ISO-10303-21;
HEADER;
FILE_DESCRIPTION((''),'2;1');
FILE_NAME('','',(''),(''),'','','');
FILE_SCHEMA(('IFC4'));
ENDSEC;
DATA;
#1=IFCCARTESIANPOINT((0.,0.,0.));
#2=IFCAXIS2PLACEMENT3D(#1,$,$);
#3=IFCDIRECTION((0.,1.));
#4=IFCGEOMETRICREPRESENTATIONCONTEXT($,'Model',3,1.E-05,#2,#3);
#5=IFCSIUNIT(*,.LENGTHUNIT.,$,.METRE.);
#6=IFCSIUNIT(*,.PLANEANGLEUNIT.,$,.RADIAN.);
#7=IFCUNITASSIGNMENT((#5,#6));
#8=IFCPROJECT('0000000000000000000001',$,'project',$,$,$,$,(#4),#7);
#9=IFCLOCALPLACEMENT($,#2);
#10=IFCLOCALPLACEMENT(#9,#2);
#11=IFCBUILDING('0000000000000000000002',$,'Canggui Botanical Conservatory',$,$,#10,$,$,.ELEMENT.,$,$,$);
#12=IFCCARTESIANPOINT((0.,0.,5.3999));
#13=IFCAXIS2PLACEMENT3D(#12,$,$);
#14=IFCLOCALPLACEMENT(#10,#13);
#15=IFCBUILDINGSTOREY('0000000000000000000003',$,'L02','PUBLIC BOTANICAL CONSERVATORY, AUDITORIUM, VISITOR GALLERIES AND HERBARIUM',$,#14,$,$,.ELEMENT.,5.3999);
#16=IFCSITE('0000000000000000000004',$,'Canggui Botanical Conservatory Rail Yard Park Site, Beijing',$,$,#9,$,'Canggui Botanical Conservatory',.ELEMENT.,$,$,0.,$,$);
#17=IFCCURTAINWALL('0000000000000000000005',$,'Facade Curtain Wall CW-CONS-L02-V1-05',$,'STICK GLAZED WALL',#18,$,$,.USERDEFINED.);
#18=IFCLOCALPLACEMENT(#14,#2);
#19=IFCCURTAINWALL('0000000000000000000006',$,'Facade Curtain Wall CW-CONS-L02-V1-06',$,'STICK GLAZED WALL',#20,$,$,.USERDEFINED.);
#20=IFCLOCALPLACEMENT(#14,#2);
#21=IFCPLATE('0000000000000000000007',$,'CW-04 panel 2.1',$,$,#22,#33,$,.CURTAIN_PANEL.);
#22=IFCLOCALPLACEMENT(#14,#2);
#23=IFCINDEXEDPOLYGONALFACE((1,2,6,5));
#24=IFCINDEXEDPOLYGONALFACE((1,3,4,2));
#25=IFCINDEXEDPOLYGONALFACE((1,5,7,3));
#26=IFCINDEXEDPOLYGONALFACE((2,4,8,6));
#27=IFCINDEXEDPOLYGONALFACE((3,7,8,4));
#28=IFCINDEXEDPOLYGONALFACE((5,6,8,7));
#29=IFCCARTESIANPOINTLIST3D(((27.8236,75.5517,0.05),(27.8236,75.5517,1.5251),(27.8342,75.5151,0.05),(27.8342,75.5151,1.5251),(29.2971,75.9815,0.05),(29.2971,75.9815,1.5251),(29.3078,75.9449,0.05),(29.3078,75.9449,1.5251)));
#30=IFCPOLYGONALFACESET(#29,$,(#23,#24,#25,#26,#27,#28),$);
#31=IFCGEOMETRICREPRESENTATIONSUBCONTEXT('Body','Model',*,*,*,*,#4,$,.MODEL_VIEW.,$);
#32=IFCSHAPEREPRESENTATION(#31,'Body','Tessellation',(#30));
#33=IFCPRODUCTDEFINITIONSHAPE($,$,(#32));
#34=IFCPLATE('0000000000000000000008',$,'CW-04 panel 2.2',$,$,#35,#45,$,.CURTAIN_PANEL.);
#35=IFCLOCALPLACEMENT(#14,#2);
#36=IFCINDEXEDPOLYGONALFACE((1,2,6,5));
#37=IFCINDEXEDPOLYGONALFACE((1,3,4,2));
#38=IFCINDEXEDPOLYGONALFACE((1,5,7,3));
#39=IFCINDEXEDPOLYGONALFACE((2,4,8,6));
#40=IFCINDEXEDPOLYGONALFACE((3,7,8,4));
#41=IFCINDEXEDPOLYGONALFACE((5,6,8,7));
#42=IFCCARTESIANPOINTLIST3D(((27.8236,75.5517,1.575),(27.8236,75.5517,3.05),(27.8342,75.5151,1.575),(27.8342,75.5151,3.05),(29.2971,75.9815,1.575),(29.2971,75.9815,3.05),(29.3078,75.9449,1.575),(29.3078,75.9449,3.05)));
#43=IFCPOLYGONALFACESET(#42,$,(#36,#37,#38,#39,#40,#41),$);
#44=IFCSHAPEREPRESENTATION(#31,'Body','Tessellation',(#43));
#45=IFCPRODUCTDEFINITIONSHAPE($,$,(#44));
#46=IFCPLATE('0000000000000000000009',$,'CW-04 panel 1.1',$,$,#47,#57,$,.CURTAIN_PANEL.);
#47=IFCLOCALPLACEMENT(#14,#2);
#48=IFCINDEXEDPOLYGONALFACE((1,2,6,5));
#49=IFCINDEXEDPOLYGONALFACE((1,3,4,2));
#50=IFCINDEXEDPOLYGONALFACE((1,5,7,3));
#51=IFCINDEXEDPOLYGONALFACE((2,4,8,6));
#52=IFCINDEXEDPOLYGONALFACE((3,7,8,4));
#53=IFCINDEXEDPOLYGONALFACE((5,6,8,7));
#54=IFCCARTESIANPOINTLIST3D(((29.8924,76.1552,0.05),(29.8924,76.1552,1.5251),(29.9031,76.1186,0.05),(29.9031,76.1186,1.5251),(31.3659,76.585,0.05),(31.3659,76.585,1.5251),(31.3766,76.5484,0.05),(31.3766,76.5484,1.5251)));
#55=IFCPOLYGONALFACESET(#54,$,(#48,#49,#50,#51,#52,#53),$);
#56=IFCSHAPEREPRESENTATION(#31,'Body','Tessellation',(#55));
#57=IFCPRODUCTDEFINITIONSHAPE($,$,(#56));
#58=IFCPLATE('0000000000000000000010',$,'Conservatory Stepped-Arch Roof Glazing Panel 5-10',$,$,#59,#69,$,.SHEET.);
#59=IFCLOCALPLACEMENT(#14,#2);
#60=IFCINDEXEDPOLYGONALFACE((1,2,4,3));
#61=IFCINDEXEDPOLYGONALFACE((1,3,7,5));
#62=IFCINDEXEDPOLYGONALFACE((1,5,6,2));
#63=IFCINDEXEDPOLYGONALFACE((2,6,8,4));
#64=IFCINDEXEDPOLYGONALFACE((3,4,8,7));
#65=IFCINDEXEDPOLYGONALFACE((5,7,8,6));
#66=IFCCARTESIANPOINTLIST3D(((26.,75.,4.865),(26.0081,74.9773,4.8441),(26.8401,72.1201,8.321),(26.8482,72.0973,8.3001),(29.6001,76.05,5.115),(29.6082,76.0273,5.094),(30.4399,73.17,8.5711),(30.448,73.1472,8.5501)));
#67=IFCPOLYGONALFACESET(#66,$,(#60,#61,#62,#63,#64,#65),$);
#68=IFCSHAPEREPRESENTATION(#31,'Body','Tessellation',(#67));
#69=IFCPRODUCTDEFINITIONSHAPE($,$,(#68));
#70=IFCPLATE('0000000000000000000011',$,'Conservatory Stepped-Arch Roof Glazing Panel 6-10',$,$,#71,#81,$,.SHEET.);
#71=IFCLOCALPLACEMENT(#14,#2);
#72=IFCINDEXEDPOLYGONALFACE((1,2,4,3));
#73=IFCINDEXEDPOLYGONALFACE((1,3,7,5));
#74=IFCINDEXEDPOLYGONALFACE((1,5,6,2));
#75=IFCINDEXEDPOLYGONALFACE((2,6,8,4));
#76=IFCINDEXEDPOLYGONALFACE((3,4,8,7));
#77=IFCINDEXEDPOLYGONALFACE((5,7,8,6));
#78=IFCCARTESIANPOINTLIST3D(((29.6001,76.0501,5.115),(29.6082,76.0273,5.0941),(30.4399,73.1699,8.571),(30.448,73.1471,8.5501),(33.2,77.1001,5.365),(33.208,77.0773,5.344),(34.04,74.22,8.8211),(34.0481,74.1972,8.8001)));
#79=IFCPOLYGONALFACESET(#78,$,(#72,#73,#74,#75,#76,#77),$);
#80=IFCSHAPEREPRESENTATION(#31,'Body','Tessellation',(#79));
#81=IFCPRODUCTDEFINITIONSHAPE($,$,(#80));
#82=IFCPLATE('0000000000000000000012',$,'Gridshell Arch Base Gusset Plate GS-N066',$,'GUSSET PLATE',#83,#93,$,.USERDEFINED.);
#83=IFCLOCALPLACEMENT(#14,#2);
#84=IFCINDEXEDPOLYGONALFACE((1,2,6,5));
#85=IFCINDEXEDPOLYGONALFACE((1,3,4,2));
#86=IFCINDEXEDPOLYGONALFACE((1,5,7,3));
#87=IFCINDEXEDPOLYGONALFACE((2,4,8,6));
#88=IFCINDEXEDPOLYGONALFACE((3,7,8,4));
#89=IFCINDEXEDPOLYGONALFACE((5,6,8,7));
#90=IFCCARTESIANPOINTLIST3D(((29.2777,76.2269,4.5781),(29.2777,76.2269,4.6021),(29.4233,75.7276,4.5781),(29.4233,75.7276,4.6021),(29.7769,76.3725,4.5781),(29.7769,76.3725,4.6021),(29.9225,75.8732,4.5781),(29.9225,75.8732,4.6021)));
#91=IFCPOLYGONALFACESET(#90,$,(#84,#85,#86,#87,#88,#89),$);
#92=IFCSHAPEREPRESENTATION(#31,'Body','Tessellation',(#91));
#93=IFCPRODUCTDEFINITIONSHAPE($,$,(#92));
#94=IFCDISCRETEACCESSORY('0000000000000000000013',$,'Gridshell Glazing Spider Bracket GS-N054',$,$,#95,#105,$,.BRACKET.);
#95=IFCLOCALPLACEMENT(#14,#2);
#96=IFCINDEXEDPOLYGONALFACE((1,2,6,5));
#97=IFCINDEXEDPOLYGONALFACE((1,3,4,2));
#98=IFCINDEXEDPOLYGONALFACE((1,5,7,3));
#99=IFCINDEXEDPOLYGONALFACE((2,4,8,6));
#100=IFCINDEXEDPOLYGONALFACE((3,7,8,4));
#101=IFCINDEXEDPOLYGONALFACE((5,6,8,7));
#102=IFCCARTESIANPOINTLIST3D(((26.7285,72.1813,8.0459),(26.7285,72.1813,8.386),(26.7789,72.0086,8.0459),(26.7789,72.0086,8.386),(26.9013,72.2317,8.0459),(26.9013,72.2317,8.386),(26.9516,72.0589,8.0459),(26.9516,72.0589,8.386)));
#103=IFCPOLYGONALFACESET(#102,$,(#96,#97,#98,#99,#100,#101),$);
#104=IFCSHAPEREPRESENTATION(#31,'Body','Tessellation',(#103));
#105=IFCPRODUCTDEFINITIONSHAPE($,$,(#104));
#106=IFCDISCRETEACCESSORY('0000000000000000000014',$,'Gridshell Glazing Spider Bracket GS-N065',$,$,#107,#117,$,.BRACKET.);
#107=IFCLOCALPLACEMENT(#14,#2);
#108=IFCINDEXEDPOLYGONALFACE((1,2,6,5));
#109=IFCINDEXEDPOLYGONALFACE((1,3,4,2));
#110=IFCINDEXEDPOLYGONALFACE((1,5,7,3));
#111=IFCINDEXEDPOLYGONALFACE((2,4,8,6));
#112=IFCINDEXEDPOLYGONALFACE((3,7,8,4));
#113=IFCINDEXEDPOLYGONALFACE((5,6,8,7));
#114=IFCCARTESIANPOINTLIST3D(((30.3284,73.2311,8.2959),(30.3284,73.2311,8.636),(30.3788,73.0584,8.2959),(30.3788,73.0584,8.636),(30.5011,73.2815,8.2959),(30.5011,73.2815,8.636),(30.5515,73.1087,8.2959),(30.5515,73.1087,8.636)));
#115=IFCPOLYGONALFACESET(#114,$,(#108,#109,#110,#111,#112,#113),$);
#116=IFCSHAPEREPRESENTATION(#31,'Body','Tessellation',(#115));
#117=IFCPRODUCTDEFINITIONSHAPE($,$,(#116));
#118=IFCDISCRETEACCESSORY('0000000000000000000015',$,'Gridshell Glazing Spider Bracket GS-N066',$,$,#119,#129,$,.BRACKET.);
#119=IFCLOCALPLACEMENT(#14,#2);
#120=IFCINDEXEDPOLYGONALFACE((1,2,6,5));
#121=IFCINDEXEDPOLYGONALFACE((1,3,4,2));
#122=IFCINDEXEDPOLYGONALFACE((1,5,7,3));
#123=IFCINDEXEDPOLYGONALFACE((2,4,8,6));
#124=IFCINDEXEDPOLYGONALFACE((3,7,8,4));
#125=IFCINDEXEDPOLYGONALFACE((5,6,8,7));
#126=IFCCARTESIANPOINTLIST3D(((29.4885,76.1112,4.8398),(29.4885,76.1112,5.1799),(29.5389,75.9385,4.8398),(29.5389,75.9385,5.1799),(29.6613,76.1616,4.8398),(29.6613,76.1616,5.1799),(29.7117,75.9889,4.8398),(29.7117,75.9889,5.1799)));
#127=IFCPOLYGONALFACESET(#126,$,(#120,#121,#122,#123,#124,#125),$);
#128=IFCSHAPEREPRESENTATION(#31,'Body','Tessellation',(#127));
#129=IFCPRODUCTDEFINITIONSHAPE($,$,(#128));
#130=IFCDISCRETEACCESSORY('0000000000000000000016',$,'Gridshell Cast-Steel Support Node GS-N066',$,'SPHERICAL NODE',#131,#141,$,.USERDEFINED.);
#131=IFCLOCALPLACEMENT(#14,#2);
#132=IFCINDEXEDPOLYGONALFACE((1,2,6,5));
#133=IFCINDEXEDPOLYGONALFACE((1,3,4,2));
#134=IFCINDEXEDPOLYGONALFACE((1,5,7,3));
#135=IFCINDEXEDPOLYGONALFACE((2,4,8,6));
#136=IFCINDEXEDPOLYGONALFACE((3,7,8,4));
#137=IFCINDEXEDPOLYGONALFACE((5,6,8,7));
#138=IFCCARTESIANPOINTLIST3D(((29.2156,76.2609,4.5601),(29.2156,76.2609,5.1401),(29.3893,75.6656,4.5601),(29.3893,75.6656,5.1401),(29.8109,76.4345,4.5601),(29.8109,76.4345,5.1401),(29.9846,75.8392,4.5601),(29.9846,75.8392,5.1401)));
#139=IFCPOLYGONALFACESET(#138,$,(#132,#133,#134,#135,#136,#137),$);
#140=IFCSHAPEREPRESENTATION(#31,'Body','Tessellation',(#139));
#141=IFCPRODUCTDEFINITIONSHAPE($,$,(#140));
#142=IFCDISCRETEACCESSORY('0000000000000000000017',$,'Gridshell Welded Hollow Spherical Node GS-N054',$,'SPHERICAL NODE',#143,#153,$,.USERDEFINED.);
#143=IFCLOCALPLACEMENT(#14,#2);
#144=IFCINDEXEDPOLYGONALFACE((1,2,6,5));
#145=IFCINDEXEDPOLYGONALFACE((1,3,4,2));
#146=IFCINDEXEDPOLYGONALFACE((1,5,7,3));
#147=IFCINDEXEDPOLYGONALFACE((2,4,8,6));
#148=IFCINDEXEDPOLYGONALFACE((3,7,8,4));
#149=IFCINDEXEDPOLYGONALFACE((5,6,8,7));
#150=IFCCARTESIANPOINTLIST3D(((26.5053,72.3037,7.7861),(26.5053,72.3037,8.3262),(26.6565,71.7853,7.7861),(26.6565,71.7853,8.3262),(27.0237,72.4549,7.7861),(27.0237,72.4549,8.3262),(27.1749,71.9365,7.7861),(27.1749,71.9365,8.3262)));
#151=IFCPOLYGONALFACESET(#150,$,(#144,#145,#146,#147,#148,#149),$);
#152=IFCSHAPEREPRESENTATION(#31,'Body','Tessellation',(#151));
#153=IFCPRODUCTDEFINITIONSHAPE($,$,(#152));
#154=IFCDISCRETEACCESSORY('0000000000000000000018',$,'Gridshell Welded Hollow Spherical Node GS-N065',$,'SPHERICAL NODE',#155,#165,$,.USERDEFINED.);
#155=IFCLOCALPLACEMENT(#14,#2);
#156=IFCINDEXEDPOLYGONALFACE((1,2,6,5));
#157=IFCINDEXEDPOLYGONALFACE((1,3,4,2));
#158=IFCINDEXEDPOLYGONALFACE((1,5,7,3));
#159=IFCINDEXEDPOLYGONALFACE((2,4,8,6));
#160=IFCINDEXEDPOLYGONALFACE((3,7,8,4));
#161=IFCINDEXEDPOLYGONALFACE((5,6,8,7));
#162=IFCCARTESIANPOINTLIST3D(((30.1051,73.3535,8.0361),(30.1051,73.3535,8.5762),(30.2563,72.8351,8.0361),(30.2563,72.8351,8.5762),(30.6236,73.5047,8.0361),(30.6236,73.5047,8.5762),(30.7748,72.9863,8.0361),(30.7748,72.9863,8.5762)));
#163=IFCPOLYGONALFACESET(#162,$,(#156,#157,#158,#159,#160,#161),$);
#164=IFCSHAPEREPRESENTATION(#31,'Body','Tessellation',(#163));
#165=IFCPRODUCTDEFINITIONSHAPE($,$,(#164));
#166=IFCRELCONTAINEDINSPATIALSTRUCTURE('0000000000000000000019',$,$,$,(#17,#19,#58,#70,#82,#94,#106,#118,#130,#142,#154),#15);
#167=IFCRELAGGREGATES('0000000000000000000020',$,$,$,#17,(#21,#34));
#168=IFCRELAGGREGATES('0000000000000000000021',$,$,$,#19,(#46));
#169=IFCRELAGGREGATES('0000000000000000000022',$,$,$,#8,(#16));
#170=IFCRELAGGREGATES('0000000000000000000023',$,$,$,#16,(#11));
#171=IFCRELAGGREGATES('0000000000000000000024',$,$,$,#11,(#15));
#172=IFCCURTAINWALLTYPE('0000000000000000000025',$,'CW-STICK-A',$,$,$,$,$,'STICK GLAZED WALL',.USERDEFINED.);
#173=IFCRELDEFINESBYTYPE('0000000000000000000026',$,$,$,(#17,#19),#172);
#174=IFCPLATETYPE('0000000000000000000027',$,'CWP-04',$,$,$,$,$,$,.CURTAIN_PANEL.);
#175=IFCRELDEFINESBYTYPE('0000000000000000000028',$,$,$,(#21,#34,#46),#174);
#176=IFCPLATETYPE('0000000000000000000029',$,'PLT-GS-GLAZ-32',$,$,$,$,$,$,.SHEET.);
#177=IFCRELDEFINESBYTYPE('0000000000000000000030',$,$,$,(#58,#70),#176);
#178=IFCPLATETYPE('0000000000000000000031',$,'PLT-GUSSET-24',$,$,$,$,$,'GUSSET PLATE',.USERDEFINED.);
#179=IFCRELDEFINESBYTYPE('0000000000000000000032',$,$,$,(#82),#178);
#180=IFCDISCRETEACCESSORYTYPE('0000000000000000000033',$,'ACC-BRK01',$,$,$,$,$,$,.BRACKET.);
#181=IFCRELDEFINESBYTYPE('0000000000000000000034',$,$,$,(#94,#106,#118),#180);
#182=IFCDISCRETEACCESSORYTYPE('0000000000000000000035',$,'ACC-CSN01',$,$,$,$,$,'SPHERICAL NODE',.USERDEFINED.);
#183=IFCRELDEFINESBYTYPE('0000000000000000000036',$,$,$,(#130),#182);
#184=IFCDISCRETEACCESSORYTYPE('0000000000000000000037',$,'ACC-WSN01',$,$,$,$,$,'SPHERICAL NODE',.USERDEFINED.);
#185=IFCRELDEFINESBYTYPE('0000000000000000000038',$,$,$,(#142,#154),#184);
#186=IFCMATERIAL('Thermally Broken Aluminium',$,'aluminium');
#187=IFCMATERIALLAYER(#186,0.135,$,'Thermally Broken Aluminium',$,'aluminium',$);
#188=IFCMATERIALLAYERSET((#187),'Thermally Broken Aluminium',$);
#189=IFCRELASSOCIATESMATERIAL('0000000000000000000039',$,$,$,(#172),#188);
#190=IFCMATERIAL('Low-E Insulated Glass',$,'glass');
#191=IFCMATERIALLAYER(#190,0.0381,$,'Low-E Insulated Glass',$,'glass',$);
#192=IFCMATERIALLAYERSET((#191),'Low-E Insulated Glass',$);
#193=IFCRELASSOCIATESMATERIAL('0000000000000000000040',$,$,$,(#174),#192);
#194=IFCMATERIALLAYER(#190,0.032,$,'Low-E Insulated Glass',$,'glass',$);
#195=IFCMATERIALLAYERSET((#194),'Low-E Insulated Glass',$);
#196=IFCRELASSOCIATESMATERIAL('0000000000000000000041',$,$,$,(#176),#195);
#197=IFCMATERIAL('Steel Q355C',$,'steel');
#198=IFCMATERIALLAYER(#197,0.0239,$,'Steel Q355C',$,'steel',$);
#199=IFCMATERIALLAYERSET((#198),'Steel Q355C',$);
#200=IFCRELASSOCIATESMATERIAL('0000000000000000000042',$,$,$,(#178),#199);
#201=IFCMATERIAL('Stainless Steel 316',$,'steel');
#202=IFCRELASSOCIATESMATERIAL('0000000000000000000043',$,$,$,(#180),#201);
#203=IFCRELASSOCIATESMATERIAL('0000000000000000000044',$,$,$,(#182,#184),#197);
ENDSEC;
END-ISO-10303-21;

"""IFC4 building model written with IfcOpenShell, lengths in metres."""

from ifc_helpers import new_model, si_unit, direction, frame, origin, origin_2d, place, context, subcontext, project, spatial, polyline, rectangle, outline, extrude, material, layer, layer_set, type_object, element, aggregate, save


model = new_model("IFC4")

# Units and contexts
model_context = context("Model", 3, precision=1e-05, world=origin(), true_north=direction((0.0, 1.0)))
body_context = subcontext(model_context, "Body", "Model", "MODEL_VIEW")
ifc_project = project(units=[si_unit("LENGTHUNIT", "METRE"), si_unit("PLANEANGLEUNIT", "RADIAN")], contexts=[model_context])

# Site, building, storey
site_placement = place(None, origin())
site = spatial("IfcSite", under=ifc_project, at=site_placement, Name="Canggui Botanical Conservatory Rail Yard Park Site, Beijing", LongName="Canggui Botanical Conservatory", CompositionType="ELEMENT", RefElevation=0.0)
building_placement = place(site_placement, origin())
building = spatial("IfcBuilding", under=site, at=building_placement, Name="Canggui Botanical Conservatory", CompositionType="ELEMENT")
storey_placement = place(building_placement, frame((0.0, 0.0, 5.3999)))
storey = spatial("IfcBuildingStorey", under=building, at=storey_placement, Name="L02", Description="PUBLIC BOTANICAL CONSERVATORY, AUDITORIUM, VISITOR GALLERIES AND HERBARIUM", CompositionType="ELEMENT", Elevation=5.3999)

# Shared definitions
ifc_material_1 = material(Name="Steel Q355C", Category="steel")

# Curtain wall
ifc_material_2 = material(Name="Thermally Broken Aluminium", Category="aluminium")
ifc_layer_1 = layer(ifc_material_2, 0.135, Name="Thermally Broken Aluminium", Category="aluminium")
ifc_layer_set_1 = layer_set([ifc_layer_1], Name="Thermally Broken Aluminium")
curtain_wall_type = type_object("IfcCurtainWallType", Name="CW-STICK-A", ElementType="STICK GLAZED WALL", PredefinedType="USERDEFINED", material=ifc_layer_set_1)
curtain_wall_1_placement = place(storey_placement, origin())
curtain_wall_1 = element("IfcCurtainWall", 1, at=curtain_wall_1_placement, inside=storey, type_object=curtain_wall_type, Name="Facade Curtain Wall CW-CONS-L02-V1-05", ObjectType="STICK GLAZED WALL", PredefinedType="USERDEFINED")

# Curtain wall
curtain_wall_2_placement = place(storey_placement, origin())
curtain_wall_2 = element("IfcCurtainWall", 2, at=curtain_wall_2_placement, inside=storey, type_object=curtain_wall_type, Name="Facade Curtain Wall CW-CONS-L02-V1-06", ObjectType="STICK GLAZED WALL", PredefinedType="USERDEFINED")

# Plates
ifc_material_3 = material(Name="Low-E Insulated Glass", Category="glass")
ifc_layer_2 = layer(ifc_material_3, 0.0381, Name="Low-E Insulated Glass", Category="glass")
ifc_layer_set_2 = layer_set([ifc_layer_2], Name="Low-E Insulated Glass")
plate_type_1 = type_object("IfcPlateType", Name="CWP-04", PredefinedType="CURTAIN_PANEL", material=ifc_layer_set_2)
plate_1_placement = place(storey_placement, frame((28.5657, 75.7483, 0.05), z_axis=(0.0, 0.0, 1.0), x_axis=(0.96, 0.28, 0.0)))
plate_1 = element("IfcPlate", 3, at=plate_1_placement, type_object=plate_type_1, Name="CW-04 panel 2.1", PredefinedType="CURTAIN_PANEL", context=body_context, shape_type="SweptSolid", body=[
    extrude(rectangle(XDim=1.5349, YDim=0.0381, at=origin_2d()), origin(), (0.0, 0.0, 1.0), 1.4751),
])
plate_2_placement = place(storey_placement, frame((28.5657, 75.7483, 1.575), z_axis=(0.0, 0.0, 1.0), x_axis=(0.96, 0.28, 0.0)))
plate_2 = element("IfcPlate", 4, at=plate_2_placement, type_object=plate_type_1, Name="CW-04 panel 2.2", PredefinedType="CURTAIN_PANEL", context=body_context, shape_type="SweptSolid", body=[
    extrude(rectangle(XDim=1.5349, YDim=0.0381, at=origin_2d()), origin(), (0.0, 0.0, 1.0), 1.4751),
])
aggregate(curtain_wall_1, [plate_1, plate_2])
plate_3_placement = place(storey_placement, frame((30.6345, 76.3518, 0.05), z_axis=(0.0, 0.0, 1.0), x_axis=(0.96, 0.28, 0.0)))
plate_3 = element("IfcPlate", 5, at=plate_3_placement, type_object=plate_type_1, Name="CW-04 panel 1.1", PredefinedType="CURTAIN_PANEL", context=body_context, shape_type="SweptSolid", body=[
    extrude(rectangle(XDim=1.5349, YDim=0.0381, at=origin_2d()), origin(), (0.0, 0.0, 1.0), 1.4751),
])
aggregate(curtain_wall_2, [plate_3])

# Plates
ifc_layer_3 = layer(ifc_material_3, 0.032, Name="Low-E Insulated Glass", Category="glass")
ifc_layer_set_3 = layer_set([ifc_layer_3], Name="Low-E Insulated Glass")
plate_type_2 = type_object("IfcPlateType", Name="PLT-GS-GLAZ-32", PredefinedType="SHEET", material=ifc_layer_set_3)
plate_4_placement = place(storey_placement, frame((26.8401, 72.1201, 8.321), z_axis=(-0.253149, 0.712056, 0.654898), x_axis=(0.957881, 0.279353, 0.066532)))
element("IfcPlate", 6, at=plate_4_placement, inside=storey, type_object=plate_type_2, Name="Conservatory Stepped-Arch Roof Glazing Panel 5-10", PredefinedType="SHEET", context=body_context, shape_type="SweptSolid", body=[
    extrude(outline(polyline([(0.0, 0.0), (3.7581, 0.0), (3.5283, 4.5708), (-0.2301, 4.5706), (0.0, 0.0)])), origin(), (0.0, 0.0, -1.0), 0.032),
])
plate_5_placement = place(storey_placement, frame((30.4399, 73.1699, 8.571), z_axis=(-0.253169, 0.712037, 0.654911), x_axis=(0.95787, 0.279391, 0.066522)))
element("IfcPlate", 7, at=plate_5_placement, inside=storey, type_object=plate_type_2, Name="Conservatory Stepped-Arch Roof Glazing Panel 6-10", PredefinedType="SHEET", context=body_context, shape_type="SweptSolid", body=[
    extrude(outline(polyline([(0.0, 0.0), (3.7584, 0.0), (3.5285, 4.5708), (-0.2297, 4.5708), (0.0, 0.0)])), origin(), (0.0, 0.0, -1.0), 0.032),
])
ifc_layer_4 = layer(ifc_material_1, 0.0239, Name="Steel Q355C", Category="steel")
ifc_layer_set_4 = layer_set([ifc_layer_4], Name="Steel Q355C")
plate_type_3 = type_object("IfcPlateType", Name="PLT-GUSSET-24", ElementType="GUSSET PLATE", PredefinedType="USERDEFINED", material=ifc_layer_set_4)
plate_6_placement = place(storey_placement, frame((29.6001, 76.05, 4.5781), z_axis=(0.0, 0.0, 1.0), x_axis=(0.96, 0.28, 0.0)))
element("IfcPlate", 8, at=plate_6_placement, inside=storey, type_object=plate_type_3, Name="Gridshell Arch Base Gusset Plate GS-N066", ObjectType="GUSSET PLATE", PredefinedType="USERDEFINED", context=body_context, shape_type="SweptSolid", body=[
    extrude(rectangle(XDim=0.52, YDim=0.52, at=origin_2d()), origin(), (0.0, 0.0, 1.0), 0.0239),
])

# Discrete accessories
ifc_material_4 = material(Name="Stainless Steel 316", Category="steel")
discrete_accessory_type_1 = type_object("IfcDiscreteAccessoryType", Name="ACC-BRK01", PredefinedType="BRACKET", material=ifc_material_4)
for number, where, z_axis, x_axis, name in (
    (9, (26.8401, 72.1201, 8.0459), (0.0, 0.0, 1.0), (0.96, 0.28, 0.0), "Gridshell Glazing Spider Bracket GS-N054"),
    (10, (30.4399, 73.1699, 8.2959), (0.0, 0.0, 1.0), (0.96, 0.28, 0.0), "Gridshell Glazing Spider Bracket GS-N065"),
    (11, (29.6001, 76.05, 4.8398), (0.0, 0.0, 1.0), (0.96, 0.28, 0.0), "Gridshell Glazing Spider Bracket GS-N066"),
):
    element("IfcDiscreteAccessory", number, at=place(storey_placement, frame(where, z_axis=z_axis, x_axis=x_axis)), inside=storey, type_object=discrete_accessory_type_1, Name=name, PredefinedType="BRACKET", context=body_context, shape_type="SweptSolid", body=[
        extrude(rectangle(XDim=0.1799, YDim=0.1799, at=origin_2d()), origin(), (0.0, 0.0, 1.0), 0.3401),
    ])
discrete_accessory_type_2 = type_object("IfcDiscreteAccessoryType", Name="ACC-CSN01", ElementType="SPHERICAL NODE", PredefinedType="USERDEFINED", material=ifc_material_1)
discrete_accessory_placement = place(storey_placement, frame((29.6001, 76.05, 4.5601), z_axis=(0.0, 0.0, 1.0), x_axis=(0.96, 0.28, 0.0)))
element("IfcDiscreteAccessory", 12, at=discrete_accessory_placement, inside=storey, type_object=discrete_accessory_type_2, Name="Gridshell Cast-Steel Support Node GS-N066", ObjectType="SPHERICAL NODE", PredefinedType="USERDEFINED", context=body_context, shape_type="SweptSolid", body=[
    extrude(rectangle(XDim=0.6201, YDim=0.6201, at=origin_2d()), origin(), (0.0, 0.0, 1.0), 0.5801),
])
discrete_accessory_type_3 = type_object("IfcDiscreteAccessoryType", Name="ACC-WSN01", ElementType="SPHERICAL NODE", PredefinedType="USERDEFINED", material=ifc_material_1)
for number, where, z_axis, x_axis, name in (
    (13, (26.8401, 72.1201, 7.7861), (0.0, 0.0, 1.0), (0.96, 0.28, 0.0), "Gridshell Welded Hollow Spherical Node GS-N054"),
    (14, (30.4399, 73.1699, 8.0361), (0.0, 0.0, 1.0), (0.96, 0.28, 0.0), "Gridshell Welded Hollow Spherical Node GS-N065"),
):
    element("IfcDiscreteAccessory", number, at=place(storey_placement, frame(where, z_axis=z_axis, x_axis=x_axis)), inside=storey, type_object=discrete_accessory_type_3, Name=name, ObjectType="SPHERICAL NODE", PredefinedType="USERDEFINED", context=body_context, shape_type="SweptSolid", body=[
        extrude(rectangle(XDim=0.54, YDim=0.54, at=origin_2d()), origin(), (0.0, 0.0, 1.0), 0.54),
    ])

save(model, "model.ifc")
